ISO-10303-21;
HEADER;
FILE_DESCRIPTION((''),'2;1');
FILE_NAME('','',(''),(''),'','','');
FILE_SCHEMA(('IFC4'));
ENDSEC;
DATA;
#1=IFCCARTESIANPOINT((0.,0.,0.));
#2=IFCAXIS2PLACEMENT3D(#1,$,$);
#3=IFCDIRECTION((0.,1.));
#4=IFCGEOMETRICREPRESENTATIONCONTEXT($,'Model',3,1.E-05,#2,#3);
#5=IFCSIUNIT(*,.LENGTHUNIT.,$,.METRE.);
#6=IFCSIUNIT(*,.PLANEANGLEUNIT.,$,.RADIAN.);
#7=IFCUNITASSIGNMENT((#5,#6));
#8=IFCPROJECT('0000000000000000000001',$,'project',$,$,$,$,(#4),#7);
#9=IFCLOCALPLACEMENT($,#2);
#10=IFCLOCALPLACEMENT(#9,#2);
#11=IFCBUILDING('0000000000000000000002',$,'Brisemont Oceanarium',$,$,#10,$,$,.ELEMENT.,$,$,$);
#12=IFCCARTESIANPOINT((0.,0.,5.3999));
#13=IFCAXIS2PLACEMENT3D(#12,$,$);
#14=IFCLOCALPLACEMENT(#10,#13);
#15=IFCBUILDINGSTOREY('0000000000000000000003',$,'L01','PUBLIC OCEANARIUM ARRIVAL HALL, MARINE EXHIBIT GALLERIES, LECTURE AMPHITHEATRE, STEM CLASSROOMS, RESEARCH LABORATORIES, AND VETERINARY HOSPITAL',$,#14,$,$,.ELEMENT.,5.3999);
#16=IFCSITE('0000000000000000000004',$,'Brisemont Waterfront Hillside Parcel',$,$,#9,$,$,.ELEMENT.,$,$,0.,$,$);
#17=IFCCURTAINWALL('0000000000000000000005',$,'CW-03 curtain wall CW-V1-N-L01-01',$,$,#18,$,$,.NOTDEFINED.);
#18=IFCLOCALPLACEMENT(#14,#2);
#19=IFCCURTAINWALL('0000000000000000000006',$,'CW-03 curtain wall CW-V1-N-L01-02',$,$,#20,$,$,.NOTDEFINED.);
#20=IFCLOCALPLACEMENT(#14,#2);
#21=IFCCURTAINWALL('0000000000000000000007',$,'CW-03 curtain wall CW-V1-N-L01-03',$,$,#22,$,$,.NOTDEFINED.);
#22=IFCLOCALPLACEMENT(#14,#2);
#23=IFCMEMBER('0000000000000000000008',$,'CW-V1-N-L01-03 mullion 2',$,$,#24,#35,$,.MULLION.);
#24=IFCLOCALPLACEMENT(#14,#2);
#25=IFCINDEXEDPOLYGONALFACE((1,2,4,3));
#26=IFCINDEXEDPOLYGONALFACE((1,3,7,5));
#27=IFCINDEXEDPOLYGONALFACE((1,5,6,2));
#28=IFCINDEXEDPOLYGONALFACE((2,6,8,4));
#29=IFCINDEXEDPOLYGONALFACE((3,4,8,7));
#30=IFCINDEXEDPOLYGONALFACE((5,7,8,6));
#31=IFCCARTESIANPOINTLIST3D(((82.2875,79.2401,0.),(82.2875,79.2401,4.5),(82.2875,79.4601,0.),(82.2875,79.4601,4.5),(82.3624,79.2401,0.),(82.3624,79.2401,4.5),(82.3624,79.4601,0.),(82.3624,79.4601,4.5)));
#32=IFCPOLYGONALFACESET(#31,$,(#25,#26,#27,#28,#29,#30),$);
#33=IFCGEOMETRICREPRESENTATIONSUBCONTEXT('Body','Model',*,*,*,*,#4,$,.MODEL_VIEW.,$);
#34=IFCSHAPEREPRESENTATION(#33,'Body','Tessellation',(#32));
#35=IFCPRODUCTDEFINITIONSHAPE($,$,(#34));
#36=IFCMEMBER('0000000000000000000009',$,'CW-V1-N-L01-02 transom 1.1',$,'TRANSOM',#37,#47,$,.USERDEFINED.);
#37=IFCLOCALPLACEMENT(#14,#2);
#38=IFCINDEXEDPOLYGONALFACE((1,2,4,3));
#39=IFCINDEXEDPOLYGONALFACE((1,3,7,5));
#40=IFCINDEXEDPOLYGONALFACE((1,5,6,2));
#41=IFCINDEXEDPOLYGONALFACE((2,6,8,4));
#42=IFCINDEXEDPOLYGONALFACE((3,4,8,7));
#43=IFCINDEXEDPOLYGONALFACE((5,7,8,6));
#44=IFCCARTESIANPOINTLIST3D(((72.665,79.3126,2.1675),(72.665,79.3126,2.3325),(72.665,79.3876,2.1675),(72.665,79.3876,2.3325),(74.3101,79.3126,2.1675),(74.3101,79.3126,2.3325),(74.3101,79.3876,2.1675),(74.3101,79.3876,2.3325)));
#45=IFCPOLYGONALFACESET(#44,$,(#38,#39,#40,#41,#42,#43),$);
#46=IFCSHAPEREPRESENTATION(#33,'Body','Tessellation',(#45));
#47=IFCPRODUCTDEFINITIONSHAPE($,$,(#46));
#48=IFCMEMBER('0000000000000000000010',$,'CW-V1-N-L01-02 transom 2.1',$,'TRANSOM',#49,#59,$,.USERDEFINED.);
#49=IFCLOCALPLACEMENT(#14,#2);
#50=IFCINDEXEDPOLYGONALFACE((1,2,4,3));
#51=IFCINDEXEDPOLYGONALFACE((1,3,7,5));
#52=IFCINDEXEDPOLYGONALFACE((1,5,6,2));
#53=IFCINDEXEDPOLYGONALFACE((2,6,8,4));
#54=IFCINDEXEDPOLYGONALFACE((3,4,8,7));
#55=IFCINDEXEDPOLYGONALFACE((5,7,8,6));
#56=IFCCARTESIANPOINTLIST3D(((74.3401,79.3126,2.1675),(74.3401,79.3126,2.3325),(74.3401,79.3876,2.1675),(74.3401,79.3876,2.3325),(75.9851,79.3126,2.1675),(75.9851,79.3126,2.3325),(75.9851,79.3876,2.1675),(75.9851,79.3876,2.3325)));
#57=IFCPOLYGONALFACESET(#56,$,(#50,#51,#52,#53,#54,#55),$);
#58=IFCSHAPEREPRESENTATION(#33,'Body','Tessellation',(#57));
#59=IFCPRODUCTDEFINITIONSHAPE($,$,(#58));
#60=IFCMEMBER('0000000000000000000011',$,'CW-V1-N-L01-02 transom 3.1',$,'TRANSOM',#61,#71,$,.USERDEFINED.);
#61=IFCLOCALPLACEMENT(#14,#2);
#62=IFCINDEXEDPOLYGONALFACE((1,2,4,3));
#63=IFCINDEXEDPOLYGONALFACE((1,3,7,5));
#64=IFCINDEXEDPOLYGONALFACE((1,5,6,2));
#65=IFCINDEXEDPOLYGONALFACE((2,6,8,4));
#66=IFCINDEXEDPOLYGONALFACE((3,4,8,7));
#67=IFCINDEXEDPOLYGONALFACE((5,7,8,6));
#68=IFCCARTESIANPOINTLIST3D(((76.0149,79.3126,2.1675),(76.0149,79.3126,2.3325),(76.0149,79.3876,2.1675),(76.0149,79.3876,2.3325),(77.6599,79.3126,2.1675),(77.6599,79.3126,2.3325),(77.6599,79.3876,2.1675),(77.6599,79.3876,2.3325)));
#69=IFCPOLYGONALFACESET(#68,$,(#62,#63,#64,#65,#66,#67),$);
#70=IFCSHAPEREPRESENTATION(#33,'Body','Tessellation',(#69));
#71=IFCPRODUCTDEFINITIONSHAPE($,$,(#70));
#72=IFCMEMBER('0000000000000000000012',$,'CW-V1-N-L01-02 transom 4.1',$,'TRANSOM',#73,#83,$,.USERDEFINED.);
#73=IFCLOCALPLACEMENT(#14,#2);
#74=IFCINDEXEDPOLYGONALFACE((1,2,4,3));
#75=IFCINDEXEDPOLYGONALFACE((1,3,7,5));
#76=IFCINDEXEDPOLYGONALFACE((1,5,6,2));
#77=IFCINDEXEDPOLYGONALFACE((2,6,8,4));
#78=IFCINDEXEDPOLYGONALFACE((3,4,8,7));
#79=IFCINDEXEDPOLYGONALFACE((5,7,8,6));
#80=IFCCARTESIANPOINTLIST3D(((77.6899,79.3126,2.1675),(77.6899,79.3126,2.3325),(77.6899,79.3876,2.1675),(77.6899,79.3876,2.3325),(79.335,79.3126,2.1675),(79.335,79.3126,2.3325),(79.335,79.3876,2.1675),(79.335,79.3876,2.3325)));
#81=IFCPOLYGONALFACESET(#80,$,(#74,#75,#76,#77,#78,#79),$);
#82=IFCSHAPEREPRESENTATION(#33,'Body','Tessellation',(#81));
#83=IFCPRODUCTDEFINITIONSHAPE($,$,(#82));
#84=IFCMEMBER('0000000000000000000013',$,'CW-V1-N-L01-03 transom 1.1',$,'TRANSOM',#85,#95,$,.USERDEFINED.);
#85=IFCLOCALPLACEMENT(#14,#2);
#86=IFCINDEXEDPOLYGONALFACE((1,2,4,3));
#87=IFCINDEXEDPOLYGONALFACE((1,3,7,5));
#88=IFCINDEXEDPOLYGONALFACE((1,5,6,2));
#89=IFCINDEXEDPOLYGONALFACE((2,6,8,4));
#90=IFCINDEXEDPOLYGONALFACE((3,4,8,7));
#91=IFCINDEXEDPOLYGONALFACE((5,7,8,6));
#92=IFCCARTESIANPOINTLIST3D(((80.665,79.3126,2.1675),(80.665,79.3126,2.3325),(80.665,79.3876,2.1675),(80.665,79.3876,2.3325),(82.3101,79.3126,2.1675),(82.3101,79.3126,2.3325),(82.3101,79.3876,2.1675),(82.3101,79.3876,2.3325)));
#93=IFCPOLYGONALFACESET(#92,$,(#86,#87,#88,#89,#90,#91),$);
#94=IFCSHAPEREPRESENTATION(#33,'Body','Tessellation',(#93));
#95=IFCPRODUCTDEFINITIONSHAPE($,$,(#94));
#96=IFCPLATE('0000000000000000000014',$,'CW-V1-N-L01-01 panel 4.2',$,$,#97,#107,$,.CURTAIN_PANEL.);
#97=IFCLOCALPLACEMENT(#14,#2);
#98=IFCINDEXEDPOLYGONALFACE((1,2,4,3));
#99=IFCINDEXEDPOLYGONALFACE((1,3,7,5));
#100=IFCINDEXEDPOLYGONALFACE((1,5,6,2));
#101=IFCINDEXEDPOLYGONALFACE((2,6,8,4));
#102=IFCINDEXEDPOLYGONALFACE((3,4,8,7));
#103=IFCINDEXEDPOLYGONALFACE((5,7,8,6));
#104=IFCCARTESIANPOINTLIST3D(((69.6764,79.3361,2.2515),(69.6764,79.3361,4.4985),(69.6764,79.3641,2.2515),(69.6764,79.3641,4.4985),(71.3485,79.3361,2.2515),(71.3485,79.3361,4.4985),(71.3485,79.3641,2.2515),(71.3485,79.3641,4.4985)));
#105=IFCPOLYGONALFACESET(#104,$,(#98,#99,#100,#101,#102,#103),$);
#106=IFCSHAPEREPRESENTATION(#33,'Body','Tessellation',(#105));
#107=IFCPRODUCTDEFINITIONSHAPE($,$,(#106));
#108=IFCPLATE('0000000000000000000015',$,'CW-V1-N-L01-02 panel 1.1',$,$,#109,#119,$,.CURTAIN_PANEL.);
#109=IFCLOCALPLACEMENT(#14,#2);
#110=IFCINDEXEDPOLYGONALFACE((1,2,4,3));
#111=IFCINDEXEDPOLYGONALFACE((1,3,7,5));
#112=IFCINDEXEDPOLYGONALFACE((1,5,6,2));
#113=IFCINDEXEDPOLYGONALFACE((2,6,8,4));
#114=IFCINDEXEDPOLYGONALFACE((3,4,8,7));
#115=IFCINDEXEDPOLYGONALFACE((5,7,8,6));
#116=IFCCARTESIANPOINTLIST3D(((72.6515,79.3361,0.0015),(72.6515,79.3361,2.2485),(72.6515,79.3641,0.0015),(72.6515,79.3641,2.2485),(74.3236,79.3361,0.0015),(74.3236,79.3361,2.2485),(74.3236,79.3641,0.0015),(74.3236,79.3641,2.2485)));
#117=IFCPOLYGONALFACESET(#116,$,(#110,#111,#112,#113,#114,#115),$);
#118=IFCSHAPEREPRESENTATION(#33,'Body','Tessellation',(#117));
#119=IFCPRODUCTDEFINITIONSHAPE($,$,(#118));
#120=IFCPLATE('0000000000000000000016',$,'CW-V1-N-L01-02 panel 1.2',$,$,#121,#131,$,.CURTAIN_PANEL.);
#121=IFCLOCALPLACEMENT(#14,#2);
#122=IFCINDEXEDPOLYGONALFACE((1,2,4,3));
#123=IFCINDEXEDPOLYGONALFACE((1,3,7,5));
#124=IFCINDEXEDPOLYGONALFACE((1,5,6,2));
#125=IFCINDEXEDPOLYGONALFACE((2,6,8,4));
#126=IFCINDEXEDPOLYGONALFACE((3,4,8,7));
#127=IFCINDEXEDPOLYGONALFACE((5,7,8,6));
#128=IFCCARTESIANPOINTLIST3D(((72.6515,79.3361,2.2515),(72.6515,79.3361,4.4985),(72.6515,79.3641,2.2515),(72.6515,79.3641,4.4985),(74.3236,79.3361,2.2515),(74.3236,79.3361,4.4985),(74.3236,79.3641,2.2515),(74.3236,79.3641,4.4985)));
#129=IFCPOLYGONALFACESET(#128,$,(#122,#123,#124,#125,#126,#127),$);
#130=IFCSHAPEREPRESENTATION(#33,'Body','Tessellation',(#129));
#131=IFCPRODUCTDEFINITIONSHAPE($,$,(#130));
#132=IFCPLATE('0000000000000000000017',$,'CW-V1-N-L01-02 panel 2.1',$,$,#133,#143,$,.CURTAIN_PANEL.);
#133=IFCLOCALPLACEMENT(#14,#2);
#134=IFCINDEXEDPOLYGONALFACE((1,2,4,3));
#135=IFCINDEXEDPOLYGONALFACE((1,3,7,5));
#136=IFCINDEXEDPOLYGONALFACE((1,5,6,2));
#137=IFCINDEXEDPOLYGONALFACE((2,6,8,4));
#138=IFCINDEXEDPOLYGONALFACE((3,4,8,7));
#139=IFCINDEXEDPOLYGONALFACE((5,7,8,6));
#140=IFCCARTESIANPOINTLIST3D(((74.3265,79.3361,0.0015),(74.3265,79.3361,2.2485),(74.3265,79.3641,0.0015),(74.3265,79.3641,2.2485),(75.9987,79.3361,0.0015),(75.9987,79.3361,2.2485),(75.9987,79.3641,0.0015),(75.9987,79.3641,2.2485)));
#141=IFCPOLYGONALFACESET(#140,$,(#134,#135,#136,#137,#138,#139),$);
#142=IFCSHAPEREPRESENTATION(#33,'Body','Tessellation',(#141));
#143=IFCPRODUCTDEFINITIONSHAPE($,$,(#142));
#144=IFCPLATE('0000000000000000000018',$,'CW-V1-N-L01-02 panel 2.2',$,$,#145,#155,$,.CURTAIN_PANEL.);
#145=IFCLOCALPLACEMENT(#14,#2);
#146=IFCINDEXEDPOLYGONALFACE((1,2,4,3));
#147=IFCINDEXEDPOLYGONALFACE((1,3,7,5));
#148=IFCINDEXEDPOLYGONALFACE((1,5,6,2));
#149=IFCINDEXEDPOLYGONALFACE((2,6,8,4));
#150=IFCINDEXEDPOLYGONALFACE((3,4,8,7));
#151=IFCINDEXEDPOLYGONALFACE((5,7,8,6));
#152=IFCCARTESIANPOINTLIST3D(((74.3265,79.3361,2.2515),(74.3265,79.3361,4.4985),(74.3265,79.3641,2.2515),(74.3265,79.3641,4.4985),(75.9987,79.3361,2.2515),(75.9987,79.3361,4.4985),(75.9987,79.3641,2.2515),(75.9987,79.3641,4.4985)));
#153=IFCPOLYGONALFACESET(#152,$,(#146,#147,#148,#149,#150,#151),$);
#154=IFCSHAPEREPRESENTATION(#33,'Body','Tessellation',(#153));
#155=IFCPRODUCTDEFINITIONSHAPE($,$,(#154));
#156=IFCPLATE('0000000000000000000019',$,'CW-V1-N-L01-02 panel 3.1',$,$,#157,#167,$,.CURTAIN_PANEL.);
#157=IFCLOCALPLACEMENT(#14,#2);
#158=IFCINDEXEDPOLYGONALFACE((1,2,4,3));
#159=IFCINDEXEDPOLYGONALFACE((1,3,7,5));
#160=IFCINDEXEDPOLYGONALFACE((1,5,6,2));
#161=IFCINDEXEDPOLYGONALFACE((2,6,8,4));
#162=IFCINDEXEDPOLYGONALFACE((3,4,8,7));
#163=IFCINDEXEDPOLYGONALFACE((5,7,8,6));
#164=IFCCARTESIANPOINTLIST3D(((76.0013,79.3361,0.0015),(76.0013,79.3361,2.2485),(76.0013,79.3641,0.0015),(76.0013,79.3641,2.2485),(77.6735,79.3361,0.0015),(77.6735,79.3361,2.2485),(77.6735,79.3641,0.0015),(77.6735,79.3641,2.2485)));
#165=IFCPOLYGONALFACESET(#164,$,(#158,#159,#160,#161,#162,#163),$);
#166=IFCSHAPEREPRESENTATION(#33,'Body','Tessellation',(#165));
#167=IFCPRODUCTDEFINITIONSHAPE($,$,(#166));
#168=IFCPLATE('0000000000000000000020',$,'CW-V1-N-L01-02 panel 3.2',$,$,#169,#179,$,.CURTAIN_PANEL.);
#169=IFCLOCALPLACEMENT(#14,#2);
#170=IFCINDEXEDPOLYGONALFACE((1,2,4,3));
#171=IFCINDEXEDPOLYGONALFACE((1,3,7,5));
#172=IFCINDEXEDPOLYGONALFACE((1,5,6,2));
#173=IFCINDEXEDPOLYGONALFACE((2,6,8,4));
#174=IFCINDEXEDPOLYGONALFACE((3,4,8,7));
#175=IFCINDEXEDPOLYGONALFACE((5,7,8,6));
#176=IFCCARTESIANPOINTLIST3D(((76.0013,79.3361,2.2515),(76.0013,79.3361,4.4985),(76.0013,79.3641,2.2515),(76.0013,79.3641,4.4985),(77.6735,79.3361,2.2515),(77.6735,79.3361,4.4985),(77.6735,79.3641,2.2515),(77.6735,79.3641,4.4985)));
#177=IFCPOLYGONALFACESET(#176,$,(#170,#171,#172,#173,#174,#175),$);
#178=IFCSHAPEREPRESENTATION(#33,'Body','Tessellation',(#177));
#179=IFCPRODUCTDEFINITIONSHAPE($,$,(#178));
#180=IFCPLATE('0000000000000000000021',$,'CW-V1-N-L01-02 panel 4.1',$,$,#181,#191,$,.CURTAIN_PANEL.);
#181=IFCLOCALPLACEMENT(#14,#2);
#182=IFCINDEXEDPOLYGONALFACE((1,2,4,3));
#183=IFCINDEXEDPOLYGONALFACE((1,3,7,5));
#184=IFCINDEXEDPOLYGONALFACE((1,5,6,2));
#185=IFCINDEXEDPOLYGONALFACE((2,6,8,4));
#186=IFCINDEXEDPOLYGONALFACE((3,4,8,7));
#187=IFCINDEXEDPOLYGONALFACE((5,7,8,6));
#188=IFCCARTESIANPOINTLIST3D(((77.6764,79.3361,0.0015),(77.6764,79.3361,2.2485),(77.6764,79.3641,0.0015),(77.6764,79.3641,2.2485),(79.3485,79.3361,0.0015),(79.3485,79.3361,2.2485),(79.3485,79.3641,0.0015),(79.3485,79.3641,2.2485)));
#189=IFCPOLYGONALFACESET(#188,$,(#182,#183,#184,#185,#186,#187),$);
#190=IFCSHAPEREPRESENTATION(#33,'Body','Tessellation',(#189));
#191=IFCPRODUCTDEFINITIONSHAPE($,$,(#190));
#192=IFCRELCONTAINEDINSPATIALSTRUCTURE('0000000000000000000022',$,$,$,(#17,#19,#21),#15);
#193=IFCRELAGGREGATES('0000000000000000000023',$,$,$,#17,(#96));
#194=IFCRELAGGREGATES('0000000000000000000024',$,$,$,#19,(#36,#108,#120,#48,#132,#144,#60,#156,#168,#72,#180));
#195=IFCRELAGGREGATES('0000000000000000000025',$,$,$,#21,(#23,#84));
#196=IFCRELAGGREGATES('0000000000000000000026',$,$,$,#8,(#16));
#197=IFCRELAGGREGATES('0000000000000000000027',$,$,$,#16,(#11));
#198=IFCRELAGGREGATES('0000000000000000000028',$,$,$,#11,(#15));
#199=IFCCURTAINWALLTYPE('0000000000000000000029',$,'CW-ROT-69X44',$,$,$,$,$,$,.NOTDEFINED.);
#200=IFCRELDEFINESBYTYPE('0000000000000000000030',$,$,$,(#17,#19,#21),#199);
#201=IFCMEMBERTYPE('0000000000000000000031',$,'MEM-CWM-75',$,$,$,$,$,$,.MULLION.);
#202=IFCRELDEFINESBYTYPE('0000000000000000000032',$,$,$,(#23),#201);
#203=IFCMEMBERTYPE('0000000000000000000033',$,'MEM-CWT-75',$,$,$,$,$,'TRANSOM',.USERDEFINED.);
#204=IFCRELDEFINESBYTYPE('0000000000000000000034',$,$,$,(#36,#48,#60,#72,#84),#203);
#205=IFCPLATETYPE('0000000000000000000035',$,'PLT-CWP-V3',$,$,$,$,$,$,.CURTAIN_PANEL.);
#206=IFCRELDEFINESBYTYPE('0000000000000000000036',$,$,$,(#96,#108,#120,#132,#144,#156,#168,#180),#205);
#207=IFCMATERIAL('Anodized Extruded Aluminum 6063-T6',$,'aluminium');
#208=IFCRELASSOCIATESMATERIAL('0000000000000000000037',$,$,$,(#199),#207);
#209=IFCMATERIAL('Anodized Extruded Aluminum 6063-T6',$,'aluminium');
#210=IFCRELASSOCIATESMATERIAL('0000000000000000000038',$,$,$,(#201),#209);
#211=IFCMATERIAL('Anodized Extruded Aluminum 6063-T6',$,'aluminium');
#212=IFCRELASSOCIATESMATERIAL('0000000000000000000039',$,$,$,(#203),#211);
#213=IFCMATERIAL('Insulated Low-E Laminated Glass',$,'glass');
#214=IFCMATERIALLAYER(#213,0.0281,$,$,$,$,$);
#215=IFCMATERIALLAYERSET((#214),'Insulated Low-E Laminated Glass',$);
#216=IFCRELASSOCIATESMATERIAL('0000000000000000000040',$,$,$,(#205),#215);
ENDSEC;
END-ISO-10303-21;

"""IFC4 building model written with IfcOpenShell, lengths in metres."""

from ifc_helpers import new_model, si_unit, direction, frame, origin, origin_2d, place, context, subcontext, project, spatial, rectangle, extrude, material, layer, layer_set, material_profile, profile_set, type_object, element, aggregate, save


model = new_model("IFC4")

# Units and contexts
model_context = context("Model", 3, precision=1e-05, world=origin(), true_north=direction((0.0, 1.0)))
body_context = subcontext(model_context, "Body", "Model", "MODEL_VIEW")
ifc_project = project(units=[si_unit("LENGTHUNIT", "METRE"), si_unit("PLANEANGLEUNIT", "RADIAN")], contexts=[model_context])

# Site, building, storey
site_placement = place(None, origin())
site = spatial("IfcSite", under=ifc_project, at=site_placement, Name="Brisemont Waterfront Hillside Parcel", CompositionType="ELEMENT", RefElevation=0.0)
building_placement = place(site_placement, origin())
building = spatial("IfcBuilding", under=site, at=building_placement, Name="Brisemont Oceanarium", CompositionType="ELEMENT")
storey_placement = place(building_placement, frame((0.0, 0.0, 5.3999)))
storey = spatial("IfcBuildingStorey", under=building, at=storey_placement, Name="L01", Description="PUBLIC OCEANARIUM ARRIVAL HALL, MARINE EXHIBIT GALLERIES, LECTURE AMPHITHEATRE, STEM CLASSROOMS, RESEARCH LABORATORIES, AND VETERINARY HOSPITAL", CompositionType="ELEMENT", Elevation=5.3999)

# Curtain wall
ifc_material_1 = material(Name="Anodized Extruded Aluminum 6063-T6", Category="aluminium")
curtain_wall_type = type_object("IfcCurtainWallType", Name="CW-ROT-69X44", PredefinedType="NOTDEFINED", material=ifc_material_1)
curtain_wall_1_placement = place(storey_placement, origin())
curtain_wall_1 = element("IfcCurtainWall", 1, at=curtain_wall_1_placement, inside=storey, type_object=curtain_wall_type, Name="CW-03 curtain wall CW-V1-N-L01-01", PredefinedType="NOTDEFINED")
ifc_material_2 = material(Name="Anodized Extruded Aluminum 6063-T6", Category="aluminium")
ifc_material_profile_1 = material_profile(ifc_material_2, rectangle(XDim=0.075, YDim=0.22, at=origin_2d()), Name="CWM-75X220")
ifc_profile_set_1 = profile_set([ifc_material_profile_1], Name="Anodized Extruded Aluminum 6063-T6")
member_type_1 = type_object("IfcMemberType", Name="MEM-CWM-75", PredefinedType="MULLION", material=ifc_profile_set_1)

# Curtain walls, member
curtain_wall_2_placement = place(storey_placement, origin())
curtain_wall_2 = element("IfcCurtainWall", 2, at=curtain_wall_2_placement, inside=storey, type_object=curtain_wall_type, Name="CW-03 curtain wall CW-V1-N-L01-02", PredefinedType="NOTDEFINED")
curtain_wall_3_placement = place(storey_placement, origin())
curtain_wall_3 = element("IfcCurtainWall", 3, at=curtain_wall_3_placement, inside=storey, type_object=curtain_wall_type, Name="CW-03 curtain wall CW-V1-N-L01-03", PredefinedType="NOTDEFINED")
member_1_placement = place(storey_placement, frame((82.325, 79.3501, 0.0), z_axis=(0.0, 0.0, 1.0), x_axis=(1.0, 0.0, 0.0)))
member_1 = element("IfcMember", 4, at=member_1_placement, type_object=member_type_1, Name="CW-V1-N-L01-03 mullion 2", PredefinedType="MULLION", context=body_context, shape_type="SweptSolid", body=[
    extrude(rectangle(XDim=0.075, YDim=0.22, at=origin_2d()), origin(), (0.0, 0.0, 1.0), 4.5),
])

# Members
ifc_material_3 = material(Name="Anodized Extruded Aluminum 6063-T6", Category="aluminium")
ifc_material_profile_2 = material_profile(ifc_material_3, rectangle(XDim=0.075, YDim=0.165, at=origin_2d()), Name="CWT-75X165")
ifc_profile_set_2 = profile_set([ifc_material_profile_2], Name="Anodized Extruded Aluminum 6063-T6")
member_type_2 = type_object("IfcMemberType", Name="MEM-CWT-75", ElementType="TRANSOM", PredefinedType="USERDEFINED", material=ifc_profile_set_2)
member_2_placement = place(storey_placement, frame((72.665, 79.3501, 2.25), z_axis=(1.0, 0.0, 0.0), x_axis=(0.0, 1.0, 0.0)))
member_2 = element("IfcMember", 5, at=member_2_placement, type_object=member_type_2, Name="CW-V1-N-L01-02 transom 1.1", ObjectType="TRANSOM", PredefinedType="USERDEFINED", context=body_context, shape_type="SweptSolid", body=[
    extrude(rectangle(XDim=0.075, YDim=0.165, at=origin_2d()), origin(), (0.0, 0.0, 1.0), 1.645),
])
member_3_placement = place(storey_placement, frame((74.3401, 79.3501, 2.25), z_axis=(1.0, 0.0, 0.0), x_axis=(0.0, 1.0, 0.0)))
member_3 = element("IfcMember", 6, at=member_3_placement, type_object=member_type_2, Name="CW-V1-N-L01-02 transom 2.1", ObjectType="TRANSOM", PredefinedType="USERDEFINED", context=body_context, shape_type="SweptSolid", body=[
    extrude(rectangle(XDim=0.075, YDim=0.165, at=origin_2d()), origin(), (0.0, 0.0, 1.0), 1.645),
])
member_4_placement = place(storey_placement, frame((76.0149, 79.3501, 2.25), z_axis=(1.0, 0.0, 0.0), x_axis=(0.0, 1.0, 0.0)))
member_4 = element("IfcMember", 7, at=member_4_placement, type_object=member_type_2, Name="CW-V1-N-L01-02 transom 3.1", ObjectType="TRANSOM", PredefinedType="USERDEFINED", context=body_context, shape_type="SweptSolid", body=[
    extrude(rectangle(XDim=0.075, YDim=0.165, at=origin_2d()), origin(), (0.0, 0.0, 1.0), 1.645),
])
member_5_placement = place(storey_placement, frame((77.6899, 79.3501, 2.25), z_axis=(1.0, 0.0, 0.0), x_axis=(0.0, 1.0, 0.0)))
member_5 = element("IfcMember", 8, at=member_5_placement, type_object=member_type_2, Name="CW-V1-N-L01-02 transom 4.1", ObjectType="TRANSOM", PredefinedType="USERDEFINED", context=body_context, shape_type="SweptSolid", body=[
    extrude(rectangle(XDim=0.075, YDim=0.165, at=origin_2d()), origin(), (0.0, 0.0, 1.0), 1.645),
])
member_6_placement = place(storey_placement, frame((80.665, 79.3501, 2.25), z_axis=(1.0, 0.0, 0.0), x_axis=(0.0, 1.0, 0.0)))
member_6 = element("IfcMember", 9, at=member_6_placement, type_object=member_type_2, Name="CW-V1-N-L01-03 transom 1.1", ObjectType="TRANSOM", PredefinedType="USERDEFINED", context=body_context, shape_type="SweptSolid", body=[
    extrude(rectangle(XDim=0.075, YDim=0.165, at=origin_2d()), origin(), (0.0, 0.0, 1.0), 1.645),
])

# Plates
ifc_material_4 = material(Name="Insulated Low-E Laminated Glass", Category="glass")
ifc_layer = layer(ifc_material_4, 0.0281)
ifc_layer_set = layer_set([ifc_layer], Name="Insulated Low-E Laminated Glass")
plate_type = type_object("IfcPlateType", Name="PLT-CWP-V3", PredefinedType="CURTAIN_PANEL", material=ifc_layer_set)
plate_1_placement = place(storey_placement, frame((70.5125, 79.3501, 2.2515), z_axis=(0.0, 0.0, 1.0), x_axis=(1.0, 0.0, 0.0)))
plate_1 = element("IfcPlate", 10, at=plate_1_placement, type_object=plate_type, Name="CW-V1-N-L01-01 panel 4.2", PredefinedType="CURTAIN_PANEL", context=body_context, shape_type="SweptSolid", body=[
    extrude(rectangle(XDim=1.6721, YDim=0.0281, at=origin_2d()), origin(), (0.0, 0.0, 1.0), 2.2471),
])
aggregate(curtain_wall_1, [plate_1])
plate_2_placement = place(storey_placement, frame((73.4875, 79.3501, 0.0015), z_axis=(0.0, 0.0, 1.0), x_axis=(1.0, 0.0, 0.0)))
plate_2 = element("IfcPlate", 11, at=plate_2_placement, type_object=plate_type, Name="CW-V1-N-L01-02 panel 1.1", PredefinedType="CURTAIN_PANEL", context=body_context, shape_type="SweptSolid", body=[
    extrude(rectangle(XDim=1.6721, YDim=0.0281, at=origin_2d()), origin(), (0.0, 0.0, 1.0), 2.2471),
])
plate_3_placement = place(storey_placement, frame((73.4875, 79.3501, 2.2515), z_axis=(0.0, 0.0, 1.0), x_axis=(1.0, 0.0, 0.0)))
plate_3 = element("IfcPlate", 12, at=plate_3_placement, type_object=plate_type, Name="CW-V1-N-L01-02 panel 1.2", PredefinedType="CURTAIN_PANEL", context=body_context, shape_type="SweptSolid", body=[
    extrude(rectangle(XDim=1.6721, YDim=0.0281, at=origin_2d()), origin(), (0.0, 0.0, 1.0), 2.2471),
])
plate_4_placement = place(storey_placement, frame((75.1626, 79.3501, 0.0015), z_axis=(0.0, 0.0, 1.0), x_axis=(1.0, 0.0, 0.0)))
plate_4 = element("IfcPlate", 13, at=plate_4_placement, type_object=plate_type, Name="CW-V1-N-L01-02 panel 2.1", PredefinedType="CURTAIN_PANEL", context=body_context, shape_type="SweptSolid", body=[
    extrude(rectangle(XDim=1.6721, YDim=0.0281, at=origin_2d()), origin(), (0.0, 0.0, 1.0), 2.2471),
])
plate_5_placement = place(storey_placement, frame((75.1626, 79.3501, 2.2515), z_axis=(0.0, 0.0, 1.0), x_axis=(1.0, 0.0, 0.0)))
plate_5 = element("IfcPlate", 14, at=plate_5_placement, type_object=plate_type, Name="CW-V1-N-L01-02 panel 2.2", PredefinedType="CURTAIN_PANEL", context=body_context, shape_type="SweptSolid", body=[
    extrude(rectangle(XDim=1.6721, YDim=0.0281, at=origin_2d()), origin(), (0.0, 0.0, 1.0), 2.2471),
])
plate_6_placement = place(storey_placement, frame((76.8374, 79.3501, 0.0015), z_axis=(0.0, 0.0, 1.0), x_axis=(1.0, 0.0, 0.0)))
plate_6 = element("IfcPlate", 15, at=plate_6_placement, type_object=plate_type, Name="CW-V1-N-L01-02 panel 3.1", PredefinedType="CURTAIN_PANEL", context=body_context, shape_type="SweptSolid", body=[
    extrude(rectangle(XDim=1.6721, YDim=0.0281, at=origin_2d()), origin(), (0.0, 0.0, 1.0), 2.2471),
])
plate_7_placement = place(storey_placement, frame((76.8374, 79.3501, 2.2515), z_axis=(0.0, 0.0, 1.0), x_axis=(1.0, 0.0, 0.0)))
plate_7 = element("IfcPlate", 16, at=plate_7_placement, type_object=plate_type, Name="CW-V1-N-L01-02 panel 3.2", PredefinedType="CURTAIN_PANEL", context=body_context, shape_type="SweptSolid", body=[
    extrude(rectangle(XDim=1.6721, YDim=0.0281, at=origin_2d()), origin(), (0.0, 0.0, 1.0), 2.2471),
])
plate_8_placement = place(storey_placement, frame((78.5125, 79.3501, 0.0015), z_axis=(0.0, 0.0, 1.0), x_axis=(1.0, 0.0, 0.0)))
plate_8 = element("IfcPlate", 17, at=plate_8_placement, type_object=plate_type, Name="CW-V1-N-L01-02 panel 4.1", PredefinedType="CURTAIN_PANEL", context=body_context, shape_type="SweptSolid", body=[
    extrude(rectangle(XDim=1.6721, YDim=0.0281, at=origin_2d()), origin(), (0.0, 0.0, 1.0), 2.2471),
])
aggregate(curtain_wall_2, [member_2, plate_2, plate_3, member_3, plate_4, plate_5, member_4, plate_6, plate_7, member_5, plate_8])
aggregate(curtain_wall_3, [member_1, member_6])

save(model, "model.ifc")
